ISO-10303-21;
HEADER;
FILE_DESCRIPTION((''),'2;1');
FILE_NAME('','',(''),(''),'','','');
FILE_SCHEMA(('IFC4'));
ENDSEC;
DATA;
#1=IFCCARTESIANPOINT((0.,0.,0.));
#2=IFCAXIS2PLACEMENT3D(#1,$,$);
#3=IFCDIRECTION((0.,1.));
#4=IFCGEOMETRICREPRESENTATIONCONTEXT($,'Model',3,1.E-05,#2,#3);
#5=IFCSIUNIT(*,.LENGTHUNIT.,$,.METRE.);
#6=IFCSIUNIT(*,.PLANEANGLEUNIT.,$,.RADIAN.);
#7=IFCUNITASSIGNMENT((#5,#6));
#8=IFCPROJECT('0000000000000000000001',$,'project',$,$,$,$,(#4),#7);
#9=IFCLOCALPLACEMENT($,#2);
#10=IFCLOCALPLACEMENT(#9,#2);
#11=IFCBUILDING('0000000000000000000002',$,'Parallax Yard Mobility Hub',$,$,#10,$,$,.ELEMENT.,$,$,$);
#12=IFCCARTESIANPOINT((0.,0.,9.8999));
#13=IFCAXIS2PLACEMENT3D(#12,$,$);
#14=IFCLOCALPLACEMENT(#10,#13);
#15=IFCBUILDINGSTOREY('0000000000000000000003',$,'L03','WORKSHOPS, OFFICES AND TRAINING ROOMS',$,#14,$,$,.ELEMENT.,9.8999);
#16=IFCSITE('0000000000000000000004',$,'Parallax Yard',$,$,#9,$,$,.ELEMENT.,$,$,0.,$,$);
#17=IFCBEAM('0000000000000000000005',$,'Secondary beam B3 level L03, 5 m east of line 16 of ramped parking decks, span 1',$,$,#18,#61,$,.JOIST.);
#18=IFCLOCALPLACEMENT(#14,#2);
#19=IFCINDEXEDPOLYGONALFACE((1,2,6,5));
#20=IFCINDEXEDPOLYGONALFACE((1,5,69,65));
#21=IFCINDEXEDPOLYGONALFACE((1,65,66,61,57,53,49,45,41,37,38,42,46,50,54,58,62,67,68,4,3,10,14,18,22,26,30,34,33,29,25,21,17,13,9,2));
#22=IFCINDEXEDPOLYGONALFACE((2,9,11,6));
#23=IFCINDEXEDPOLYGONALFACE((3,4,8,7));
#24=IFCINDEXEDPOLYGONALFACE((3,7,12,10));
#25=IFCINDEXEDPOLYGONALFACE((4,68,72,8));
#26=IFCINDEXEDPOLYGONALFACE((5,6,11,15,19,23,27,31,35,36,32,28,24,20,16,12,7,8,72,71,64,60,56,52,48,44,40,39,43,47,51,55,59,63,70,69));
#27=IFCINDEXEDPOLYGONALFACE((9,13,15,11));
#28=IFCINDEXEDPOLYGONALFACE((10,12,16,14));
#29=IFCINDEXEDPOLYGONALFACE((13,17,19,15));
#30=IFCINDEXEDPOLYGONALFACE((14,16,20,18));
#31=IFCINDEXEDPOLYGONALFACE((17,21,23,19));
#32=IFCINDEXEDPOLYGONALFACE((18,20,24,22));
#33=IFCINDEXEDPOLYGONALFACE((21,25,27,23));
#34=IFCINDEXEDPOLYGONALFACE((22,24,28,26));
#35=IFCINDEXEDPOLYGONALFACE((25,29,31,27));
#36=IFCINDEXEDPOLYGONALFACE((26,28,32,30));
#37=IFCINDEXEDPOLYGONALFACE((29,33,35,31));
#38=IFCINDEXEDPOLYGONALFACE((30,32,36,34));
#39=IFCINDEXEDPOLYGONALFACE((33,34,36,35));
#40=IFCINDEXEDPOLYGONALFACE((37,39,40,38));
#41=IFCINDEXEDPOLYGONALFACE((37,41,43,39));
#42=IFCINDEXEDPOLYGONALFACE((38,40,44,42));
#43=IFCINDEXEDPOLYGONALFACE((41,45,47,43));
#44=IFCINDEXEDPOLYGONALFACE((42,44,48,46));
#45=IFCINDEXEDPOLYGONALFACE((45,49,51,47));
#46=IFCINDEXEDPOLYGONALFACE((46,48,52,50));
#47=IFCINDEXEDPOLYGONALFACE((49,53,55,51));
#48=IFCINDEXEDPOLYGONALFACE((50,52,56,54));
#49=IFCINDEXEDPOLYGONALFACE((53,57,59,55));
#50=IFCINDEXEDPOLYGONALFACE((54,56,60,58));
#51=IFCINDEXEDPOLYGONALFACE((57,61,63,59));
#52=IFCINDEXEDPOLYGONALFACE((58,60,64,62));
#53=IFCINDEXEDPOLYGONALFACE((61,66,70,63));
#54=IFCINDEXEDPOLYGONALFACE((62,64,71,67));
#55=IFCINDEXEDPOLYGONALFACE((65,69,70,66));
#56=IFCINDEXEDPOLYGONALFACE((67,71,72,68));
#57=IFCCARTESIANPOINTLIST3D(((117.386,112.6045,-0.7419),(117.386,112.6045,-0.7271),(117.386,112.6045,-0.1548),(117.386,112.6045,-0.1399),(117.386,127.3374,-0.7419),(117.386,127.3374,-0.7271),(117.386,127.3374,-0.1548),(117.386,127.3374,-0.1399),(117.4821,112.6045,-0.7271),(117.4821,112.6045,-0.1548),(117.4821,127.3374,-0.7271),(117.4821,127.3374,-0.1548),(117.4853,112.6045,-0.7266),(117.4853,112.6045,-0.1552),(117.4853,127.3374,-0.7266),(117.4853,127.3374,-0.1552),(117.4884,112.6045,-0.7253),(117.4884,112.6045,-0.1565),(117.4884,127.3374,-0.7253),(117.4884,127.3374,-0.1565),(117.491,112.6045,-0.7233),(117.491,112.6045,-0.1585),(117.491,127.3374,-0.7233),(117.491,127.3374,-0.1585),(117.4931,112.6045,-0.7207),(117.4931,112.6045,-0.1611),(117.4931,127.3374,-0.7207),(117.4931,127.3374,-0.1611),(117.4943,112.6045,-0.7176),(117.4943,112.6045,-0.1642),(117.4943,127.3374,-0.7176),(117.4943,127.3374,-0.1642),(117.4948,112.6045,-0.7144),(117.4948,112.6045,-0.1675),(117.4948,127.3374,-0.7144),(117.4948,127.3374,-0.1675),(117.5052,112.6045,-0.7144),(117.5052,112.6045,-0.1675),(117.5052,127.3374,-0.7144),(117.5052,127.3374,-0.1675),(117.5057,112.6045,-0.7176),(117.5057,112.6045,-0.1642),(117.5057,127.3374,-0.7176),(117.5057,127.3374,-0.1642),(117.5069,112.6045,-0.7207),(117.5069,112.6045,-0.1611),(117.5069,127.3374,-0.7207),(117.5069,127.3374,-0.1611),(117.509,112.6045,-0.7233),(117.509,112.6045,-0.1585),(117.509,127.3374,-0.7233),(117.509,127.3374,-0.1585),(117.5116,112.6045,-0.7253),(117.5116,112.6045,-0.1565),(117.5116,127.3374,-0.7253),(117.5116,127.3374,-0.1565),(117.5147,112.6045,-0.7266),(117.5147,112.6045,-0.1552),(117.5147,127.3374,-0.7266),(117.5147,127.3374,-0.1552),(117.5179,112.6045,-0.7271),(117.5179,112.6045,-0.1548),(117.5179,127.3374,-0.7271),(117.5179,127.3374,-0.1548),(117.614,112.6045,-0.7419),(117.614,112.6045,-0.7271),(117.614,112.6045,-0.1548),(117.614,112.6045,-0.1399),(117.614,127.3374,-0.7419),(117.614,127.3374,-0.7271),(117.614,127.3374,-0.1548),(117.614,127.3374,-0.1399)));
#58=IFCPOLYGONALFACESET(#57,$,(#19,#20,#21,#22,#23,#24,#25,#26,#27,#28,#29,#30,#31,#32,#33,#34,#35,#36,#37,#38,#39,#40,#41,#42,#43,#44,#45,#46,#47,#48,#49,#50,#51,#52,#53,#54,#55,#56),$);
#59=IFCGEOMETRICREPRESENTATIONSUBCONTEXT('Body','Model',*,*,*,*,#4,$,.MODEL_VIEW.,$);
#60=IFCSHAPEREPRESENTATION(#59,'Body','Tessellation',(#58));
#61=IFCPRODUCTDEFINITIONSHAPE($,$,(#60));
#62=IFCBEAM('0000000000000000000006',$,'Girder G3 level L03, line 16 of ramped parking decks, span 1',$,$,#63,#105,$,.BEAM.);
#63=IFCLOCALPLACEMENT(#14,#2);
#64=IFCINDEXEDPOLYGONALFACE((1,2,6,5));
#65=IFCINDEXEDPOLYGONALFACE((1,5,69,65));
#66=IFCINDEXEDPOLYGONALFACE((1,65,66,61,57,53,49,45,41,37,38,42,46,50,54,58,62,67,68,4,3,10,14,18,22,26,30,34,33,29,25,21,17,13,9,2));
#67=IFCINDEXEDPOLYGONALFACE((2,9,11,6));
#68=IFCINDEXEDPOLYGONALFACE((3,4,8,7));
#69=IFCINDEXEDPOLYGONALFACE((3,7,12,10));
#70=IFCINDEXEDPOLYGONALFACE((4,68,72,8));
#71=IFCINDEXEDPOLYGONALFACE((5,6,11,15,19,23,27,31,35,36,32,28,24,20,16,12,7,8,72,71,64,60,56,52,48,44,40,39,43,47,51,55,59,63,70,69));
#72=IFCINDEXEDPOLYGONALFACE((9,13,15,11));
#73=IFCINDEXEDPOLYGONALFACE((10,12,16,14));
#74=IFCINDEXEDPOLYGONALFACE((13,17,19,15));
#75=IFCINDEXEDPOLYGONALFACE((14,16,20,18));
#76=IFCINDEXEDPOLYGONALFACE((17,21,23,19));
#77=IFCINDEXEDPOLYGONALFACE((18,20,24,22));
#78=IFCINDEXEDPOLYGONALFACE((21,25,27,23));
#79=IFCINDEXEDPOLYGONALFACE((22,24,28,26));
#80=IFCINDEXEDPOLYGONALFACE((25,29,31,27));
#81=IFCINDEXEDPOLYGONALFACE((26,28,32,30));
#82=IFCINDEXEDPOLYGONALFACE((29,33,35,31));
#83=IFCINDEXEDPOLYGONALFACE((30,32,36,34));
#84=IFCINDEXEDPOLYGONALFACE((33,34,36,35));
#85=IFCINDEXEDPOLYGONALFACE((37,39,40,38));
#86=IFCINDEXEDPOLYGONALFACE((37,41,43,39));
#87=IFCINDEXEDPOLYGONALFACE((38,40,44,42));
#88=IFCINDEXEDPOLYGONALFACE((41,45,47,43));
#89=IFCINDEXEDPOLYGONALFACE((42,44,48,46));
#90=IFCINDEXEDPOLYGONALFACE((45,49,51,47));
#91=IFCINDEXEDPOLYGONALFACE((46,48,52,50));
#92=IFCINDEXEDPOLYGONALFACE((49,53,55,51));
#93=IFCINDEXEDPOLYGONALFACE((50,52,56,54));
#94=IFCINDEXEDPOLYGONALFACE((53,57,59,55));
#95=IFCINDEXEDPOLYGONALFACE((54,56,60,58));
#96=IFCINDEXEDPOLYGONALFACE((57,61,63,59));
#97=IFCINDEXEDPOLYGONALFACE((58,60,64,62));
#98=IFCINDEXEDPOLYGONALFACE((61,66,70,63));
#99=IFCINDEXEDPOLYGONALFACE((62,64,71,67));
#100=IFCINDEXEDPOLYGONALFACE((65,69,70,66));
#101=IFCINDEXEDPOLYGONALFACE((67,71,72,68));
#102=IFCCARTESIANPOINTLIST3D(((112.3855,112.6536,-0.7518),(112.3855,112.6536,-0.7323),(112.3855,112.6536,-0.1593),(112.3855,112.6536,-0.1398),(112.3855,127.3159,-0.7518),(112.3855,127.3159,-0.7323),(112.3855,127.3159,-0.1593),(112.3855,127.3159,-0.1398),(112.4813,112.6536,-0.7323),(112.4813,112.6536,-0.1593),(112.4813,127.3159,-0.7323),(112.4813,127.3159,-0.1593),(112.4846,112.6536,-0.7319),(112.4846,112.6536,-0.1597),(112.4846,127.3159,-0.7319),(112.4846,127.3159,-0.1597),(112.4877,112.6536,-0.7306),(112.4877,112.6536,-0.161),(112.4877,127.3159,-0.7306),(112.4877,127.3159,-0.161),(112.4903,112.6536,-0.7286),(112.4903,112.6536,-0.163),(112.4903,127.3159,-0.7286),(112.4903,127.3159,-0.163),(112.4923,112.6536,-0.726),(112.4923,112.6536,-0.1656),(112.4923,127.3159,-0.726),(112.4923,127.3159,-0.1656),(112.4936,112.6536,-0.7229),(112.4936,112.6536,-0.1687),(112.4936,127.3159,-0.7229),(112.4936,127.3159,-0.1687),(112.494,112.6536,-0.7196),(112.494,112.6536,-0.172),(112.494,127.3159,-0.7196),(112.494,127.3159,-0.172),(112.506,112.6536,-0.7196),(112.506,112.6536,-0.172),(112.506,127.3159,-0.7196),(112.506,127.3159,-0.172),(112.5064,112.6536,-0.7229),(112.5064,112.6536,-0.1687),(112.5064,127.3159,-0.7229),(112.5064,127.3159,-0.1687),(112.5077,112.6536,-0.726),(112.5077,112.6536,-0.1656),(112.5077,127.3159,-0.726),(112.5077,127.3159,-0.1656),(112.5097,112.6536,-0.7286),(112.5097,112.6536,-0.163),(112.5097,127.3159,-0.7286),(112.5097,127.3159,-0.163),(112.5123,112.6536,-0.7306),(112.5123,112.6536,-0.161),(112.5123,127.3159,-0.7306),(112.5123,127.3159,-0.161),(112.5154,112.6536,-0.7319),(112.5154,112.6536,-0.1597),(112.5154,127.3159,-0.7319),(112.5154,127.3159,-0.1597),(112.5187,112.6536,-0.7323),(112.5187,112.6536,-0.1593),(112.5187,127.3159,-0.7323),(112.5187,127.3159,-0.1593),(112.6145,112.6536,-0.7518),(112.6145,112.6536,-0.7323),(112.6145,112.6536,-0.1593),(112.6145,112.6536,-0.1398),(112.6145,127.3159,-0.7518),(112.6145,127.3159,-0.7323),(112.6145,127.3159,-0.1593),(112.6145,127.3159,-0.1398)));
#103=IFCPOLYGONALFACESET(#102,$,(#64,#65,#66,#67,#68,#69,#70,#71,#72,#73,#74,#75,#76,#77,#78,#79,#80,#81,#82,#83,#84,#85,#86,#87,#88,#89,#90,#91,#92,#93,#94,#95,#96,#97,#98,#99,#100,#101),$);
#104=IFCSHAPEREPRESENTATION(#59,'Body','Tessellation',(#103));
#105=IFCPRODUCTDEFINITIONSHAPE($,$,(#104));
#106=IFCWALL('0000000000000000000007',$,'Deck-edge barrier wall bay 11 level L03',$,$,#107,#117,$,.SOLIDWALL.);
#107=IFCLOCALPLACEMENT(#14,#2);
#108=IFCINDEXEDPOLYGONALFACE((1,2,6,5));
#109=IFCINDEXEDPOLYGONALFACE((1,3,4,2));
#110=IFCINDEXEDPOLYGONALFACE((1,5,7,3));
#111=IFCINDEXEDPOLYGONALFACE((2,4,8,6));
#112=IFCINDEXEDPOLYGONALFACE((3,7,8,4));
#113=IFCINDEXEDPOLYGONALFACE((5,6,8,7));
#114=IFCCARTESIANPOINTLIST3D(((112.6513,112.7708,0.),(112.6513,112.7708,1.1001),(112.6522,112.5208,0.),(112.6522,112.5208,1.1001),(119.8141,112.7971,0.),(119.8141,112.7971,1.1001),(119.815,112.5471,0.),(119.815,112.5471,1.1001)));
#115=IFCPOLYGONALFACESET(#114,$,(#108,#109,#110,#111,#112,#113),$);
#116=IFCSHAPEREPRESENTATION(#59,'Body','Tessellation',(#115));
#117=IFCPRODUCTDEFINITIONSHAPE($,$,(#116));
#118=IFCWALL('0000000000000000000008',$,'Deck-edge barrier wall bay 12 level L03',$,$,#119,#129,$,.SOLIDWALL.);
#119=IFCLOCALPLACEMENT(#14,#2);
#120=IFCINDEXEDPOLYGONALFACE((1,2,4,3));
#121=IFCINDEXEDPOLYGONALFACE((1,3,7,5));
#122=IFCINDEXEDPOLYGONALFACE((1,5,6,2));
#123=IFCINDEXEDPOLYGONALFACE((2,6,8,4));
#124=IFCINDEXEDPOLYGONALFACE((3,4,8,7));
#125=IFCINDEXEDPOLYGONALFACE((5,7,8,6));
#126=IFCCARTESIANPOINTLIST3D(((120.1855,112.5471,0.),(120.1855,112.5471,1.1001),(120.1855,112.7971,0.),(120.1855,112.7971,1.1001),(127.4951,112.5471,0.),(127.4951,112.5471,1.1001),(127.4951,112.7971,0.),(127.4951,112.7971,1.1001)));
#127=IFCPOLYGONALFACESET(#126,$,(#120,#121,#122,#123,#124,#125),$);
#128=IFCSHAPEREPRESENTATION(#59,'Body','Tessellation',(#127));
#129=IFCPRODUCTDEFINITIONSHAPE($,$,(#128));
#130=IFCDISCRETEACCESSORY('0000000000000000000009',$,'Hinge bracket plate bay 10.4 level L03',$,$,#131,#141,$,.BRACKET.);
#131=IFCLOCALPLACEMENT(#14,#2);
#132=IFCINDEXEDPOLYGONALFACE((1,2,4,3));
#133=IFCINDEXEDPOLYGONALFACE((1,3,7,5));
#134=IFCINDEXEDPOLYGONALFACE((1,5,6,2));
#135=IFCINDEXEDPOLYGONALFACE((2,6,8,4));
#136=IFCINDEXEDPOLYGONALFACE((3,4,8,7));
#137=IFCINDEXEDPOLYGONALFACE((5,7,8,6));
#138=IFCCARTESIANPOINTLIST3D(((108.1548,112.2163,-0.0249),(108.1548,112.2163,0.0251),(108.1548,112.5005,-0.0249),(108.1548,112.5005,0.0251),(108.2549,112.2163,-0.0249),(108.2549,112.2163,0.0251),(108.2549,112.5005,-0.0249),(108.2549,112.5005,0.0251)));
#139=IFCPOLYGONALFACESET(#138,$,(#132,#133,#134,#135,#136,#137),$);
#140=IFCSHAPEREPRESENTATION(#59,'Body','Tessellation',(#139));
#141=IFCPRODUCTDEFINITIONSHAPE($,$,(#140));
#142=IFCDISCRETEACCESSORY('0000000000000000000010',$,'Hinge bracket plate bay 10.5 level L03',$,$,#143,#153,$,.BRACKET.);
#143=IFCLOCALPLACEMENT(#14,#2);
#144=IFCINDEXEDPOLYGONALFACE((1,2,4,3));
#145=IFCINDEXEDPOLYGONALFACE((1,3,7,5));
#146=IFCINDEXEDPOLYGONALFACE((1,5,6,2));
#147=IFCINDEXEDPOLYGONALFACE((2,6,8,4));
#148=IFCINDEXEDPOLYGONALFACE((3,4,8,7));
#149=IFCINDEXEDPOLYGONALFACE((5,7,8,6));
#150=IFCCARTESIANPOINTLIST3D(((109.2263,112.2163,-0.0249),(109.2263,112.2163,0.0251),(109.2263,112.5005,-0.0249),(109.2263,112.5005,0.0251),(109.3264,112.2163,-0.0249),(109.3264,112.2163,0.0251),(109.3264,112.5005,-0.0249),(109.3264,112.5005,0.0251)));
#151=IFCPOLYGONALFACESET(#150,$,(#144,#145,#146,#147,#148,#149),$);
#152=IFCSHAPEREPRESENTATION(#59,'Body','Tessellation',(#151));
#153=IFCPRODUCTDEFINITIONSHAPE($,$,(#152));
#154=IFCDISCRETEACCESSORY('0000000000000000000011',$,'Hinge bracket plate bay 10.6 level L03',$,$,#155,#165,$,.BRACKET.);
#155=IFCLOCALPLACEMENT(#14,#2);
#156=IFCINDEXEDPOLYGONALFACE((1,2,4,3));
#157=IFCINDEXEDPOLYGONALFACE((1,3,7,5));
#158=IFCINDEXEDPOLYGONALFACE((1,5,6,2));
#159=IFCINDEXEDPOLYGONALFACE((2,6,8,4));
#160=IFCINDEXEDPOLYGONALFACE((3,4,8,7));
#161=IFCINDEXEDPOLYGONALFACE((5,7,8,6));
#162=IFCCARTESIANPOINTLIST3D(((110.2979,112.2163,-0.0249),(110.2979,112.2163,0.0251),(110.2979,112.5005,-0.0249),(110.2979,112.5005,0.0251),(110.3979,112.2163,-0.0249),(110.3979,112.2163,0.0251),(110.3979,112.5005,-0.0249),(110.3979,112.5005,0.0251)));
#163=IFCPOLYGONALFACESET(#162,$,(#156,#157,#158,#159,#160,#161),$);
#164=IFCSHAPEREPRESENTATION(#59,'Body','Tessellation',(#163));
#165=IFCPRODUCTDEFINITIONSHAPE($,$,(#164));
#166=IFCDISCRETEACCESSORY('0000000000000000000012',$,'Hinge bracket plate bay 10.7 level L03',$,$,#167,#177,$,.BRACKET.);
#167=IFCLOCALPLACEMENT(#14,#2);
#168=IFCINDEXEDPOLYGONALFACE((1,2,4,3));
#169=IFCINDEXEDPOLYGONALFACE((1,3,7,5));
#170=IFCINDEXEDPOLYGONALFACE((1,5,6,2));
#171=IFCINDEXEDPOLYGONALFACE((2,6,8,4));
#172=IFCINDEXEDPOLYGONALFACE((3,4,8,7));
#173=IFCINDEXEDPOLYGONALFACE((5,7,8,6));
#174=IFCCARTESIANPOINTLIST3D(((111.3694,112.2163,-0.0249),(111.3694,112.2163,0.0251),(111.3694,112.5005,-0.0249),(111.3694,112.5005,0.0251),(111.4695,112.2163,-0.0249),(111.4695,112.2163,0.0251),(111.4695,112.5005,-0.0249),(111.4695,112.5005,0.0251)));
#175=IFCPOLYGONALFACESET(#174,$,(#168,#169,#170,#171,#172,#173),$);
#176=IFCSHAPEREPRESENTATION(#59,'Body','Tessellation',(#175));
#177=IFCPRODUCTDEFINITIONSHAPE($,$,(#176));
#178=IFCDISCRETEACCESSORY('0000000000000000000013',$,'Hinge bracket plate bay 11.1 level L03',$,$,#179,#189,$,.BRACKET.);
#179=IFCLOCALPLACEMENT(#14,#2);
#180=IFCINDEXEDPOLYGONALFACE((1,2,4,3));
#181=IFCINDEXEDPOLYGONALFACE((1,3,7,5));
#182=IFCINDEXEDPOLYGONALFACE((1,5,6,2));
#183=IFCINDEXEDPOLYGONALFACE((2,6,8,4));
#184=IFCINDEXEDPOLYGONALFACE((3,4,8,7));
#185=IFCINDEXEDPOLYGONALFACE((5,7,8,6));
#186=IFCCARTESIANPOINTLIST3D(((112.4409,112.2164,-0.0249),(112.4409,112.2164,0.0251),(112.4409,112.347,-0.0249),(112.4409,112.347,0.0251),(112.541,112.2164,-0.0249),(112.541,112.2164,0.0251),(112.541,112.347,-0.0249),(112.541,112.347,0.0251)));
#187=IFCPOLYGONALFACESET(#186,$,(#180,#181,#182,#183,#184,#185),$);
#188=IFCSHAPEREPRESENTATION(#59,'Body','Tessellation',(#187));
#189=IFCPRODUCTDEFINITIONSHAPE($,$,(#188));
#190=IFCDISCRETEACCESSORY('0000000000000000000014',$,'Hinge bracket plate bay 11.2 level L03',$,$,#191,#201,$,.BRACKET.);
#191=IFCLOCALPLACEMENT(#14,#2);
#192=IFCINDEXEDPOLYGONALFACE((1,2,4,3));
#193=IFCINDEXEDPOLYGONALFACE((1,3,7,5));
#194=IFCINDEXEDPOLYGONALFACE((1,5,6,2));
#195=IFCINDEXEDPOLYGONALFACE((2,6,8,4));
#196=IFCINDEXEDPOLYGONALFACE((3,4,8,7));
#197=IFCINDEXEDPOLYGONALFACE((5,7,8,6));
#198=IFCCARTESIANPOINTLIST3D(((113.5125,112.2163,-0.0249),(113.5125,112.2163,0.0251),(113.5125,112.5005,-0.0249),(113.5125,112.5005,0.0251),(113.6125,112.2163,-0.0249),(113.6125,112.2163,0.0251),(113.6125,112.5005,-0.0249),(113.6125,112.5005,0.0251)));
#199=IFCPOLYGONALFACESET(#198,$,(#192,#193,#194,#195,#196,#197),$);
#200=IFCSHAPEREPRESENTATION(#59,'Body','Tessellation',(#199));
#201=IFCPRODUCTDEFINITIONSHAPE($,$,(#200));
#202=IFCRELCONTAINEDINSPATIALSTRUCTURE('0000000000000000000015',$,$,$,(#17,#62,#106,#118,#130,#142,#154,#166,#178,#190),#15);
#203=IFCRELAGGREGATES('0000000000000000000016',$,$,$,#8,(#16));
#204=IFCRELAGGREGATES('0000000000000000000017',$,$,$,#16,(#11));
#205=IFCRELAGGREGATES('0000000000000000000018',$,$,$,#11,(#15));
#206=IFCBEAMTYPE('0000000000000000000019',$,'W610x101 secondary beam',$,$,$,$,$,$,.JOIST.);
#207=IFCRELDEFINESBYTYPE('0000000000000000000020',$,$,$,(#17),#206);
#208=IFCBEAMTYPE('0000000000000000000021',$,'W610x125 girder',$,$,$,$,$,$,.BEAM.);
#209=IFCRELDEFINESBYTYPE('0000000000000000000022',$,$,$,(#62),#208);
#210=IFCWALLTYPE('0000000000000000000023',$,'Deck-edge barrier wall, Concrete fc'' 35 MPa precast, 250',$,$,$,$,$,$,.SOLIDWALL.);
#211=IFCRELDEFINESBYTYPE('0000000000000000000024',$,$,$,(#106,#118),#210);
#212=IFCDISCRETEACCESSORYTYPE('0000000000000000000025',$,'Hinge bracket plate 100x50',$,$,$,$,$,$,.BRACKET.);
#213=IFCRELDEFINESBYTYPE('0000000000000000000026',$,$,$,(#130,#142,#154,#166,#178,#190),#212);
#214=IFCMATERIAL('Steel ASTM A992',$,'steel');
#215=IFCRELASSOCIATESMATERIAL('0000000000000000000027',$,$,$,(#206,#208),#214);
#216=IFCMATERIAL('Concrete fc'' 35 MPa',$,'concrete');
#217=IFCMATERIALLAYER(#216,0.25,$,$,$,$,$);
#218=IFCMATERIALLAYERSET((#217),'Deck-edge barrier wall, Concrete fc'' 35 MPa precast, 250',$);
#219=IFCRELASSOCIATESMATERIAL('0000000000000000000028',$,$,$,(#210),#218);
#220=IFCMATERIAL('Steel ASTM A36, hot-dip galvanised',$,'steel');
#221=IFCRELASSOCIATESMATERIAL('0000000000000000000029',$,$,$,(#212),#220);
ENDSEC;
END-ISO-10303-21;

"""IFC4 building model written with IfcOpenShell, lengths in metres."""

from ifc_helpers import new_model, si_unit, direction, frame, frame_2d, origin, origin_2d, place, context, subcontext, project, spatial, rectangle, i_section, extrude, material, layer, layer_set, material_profile, profile_set, type_object, element, save


model = new_model("IFC4")

# Units and contexts
model_context = context("Model", 3, precision=1e-05, world=origin(), true_north=direction((0.0, 1.0)))
body_context = subcontext(model_context, "Body", "Model", "MODEL_VIEW")
ifc_project = project(units=[si_unit("LENGTHUNIT", "METRE"), si_unit("PLANEANGLEUNIT", "RADIAN")], contexts=[model_context])

# Site, building, storey
site_placement = place(None, origin())
site = spatial("IfcSite", under=ifc_project, at=site_placement, Name="Parallax Yard", CompositionType="ELEMENT", RefElevation=0.0)
building_placement = place(site_placement, origin())
building = spatial("IfcBuilding", under=site, at=building_placement, Name="Parallax Yard Mobility Hub", CompositionType="ELEMENT")
storey_placement = place(building_placement, frame((0.0, 0.0, 9.8999)))
storey = spatial("IfcBuildingStorey", under=building, at=storey_placement, Name="L03", Description="WORKSHOPS, OFFICES AND TRAINING ROOMS", CompositionType="ELEMENT", Elevation=9.8999)

# Shared definitions
ifc_material_1 = material(Name="Steel ASTM A992", Category="steel")

# Beams
ifc_material_profile_1 = material_profile(ifc_material_1, i_section(OverallWidth=0.228, OverallDepth=0.6021, WebThickness=0.0105, FlangeThickness=0.0149, FilletRadius=0.0127, at=origin_2d()), Name="W610x101")
ifc_profile_set_1 = profile_set([ifc_material_profile_1], Name="Steel ASTM A992")
beam_type_1 = type_object("IfcBeamType", Name="W610x101 secondary beam", PredefinedType="JOIST", material=ifc_profile_set_1)
for number, where, z_axis, x_axis, name in (
    (1, (117.5, 112.6045, -0.4409), (0.0, 1.0, 0.0), (-1.0, 0.0, 0.0), "Secondary beam B3 level L03, 5 m east of line 16 of ramped parking decks, span 1"),
):
    element("IfcBeam", number, at=place(storey_placement, frame(where, z_axis=z_axis, x_axis=x_axis)), inside=storey, type_object=beam_type_1, Name=name, PredefinedType="JOIST", context=body_context, shape_type="SweptSolid", body=[
        extrude(i_section(OverallWidth=0.228, OverallDepth=0.6021, WebThickness=0.0105, FlangeThickness=0.0149, FilletRadius=0.0127, at=origin_2d()), origin(), (0.0, 0.0, 1.0), 14.7329),
    ])
ifc_material_profile_2 = material_profile(ifc_material_1, i_section(OverallWidth=0.229, OverallDepth=0.6121, WebThickness=0.012, FlangeThickness=0.0195, FilletRadius=0.0127, at=origin_2d()), Name="W610x125")
ifc_profile_set_2 = profile_set([ifc_material_profile_2], Name="Steel ASTM A992")
beam_type_2 = type_object("IfcBeamType", Name="W610x125 girder", PredefinedType="BEAM", material=ifc_profile_set_2)
beam_1_placement = place(storey_placement, frame((112.5, 112.6536, -0.4458), z_axis=(0.0, 1.0, 0.0), x_axis=(-1.0, 0.0, 0.0)))
element("IfcBeam", 2, at=beam_1_placement, inside=storey, type_object=beam_type_2, Name="Girder G3 level L03, line 16 of ramped parking decks, span 1", PredefinedType="BEAM", context=body_context, shape_type="SweptSolid", body=[
    extrude(i_section(OverallWidth=0.229, OverallDepth=0.6121, WebThickness=0.012, FlangeThickness=0.0195, FilletRadius=0.0127, at=origin_2d()), origin(), (0.0, 0.0, 1.0), 14.6624),
])

# Walls
ifc_material_2 = material(Name="Concrete fc' 35 MPa", Category="concrete")
ifc_layer = layer(ifc_material_2, 0.25)
ifc_layer_set = layer_set([ifc_layer], Name="Deck-edge barrier wall, Concrete fc' 35 MPa precast, 250")
wall_type = type_object("IfcWallType", Name="Deck-edge barrier wall, Concrete fc' 35 MPa precast, 250", PredefinedType="SOLIDWALL", material=ifc_layer_set)
wall_1_placement = place(storey_placement, frame((112.6516, 112.6458, 0.0), z_axis=(0.0, 0.0, 1.0), x_axis=(0.999993, 0.003681, 0.0)))
element("IfcWall", 3, at=wall_1_placement, inside=storey, type_object=wall_type, Name="Deck-edge barrier wall bay 11 level L03", PredefinedType="SOLIDWALL", context=body_context, shape_type="SweptSolid", body=[
    extrude(rectangle(XDim=7.1628, YDim=0.25, at=frame_2d((3.5815, 0.0))), origin(), (0.0, 0.0, 1.0), 1.1001),
])
wall_2_placement = place(storey_placement, frame((120.1855, 112.6721, 0.0), z_axis=(0.0, 0.0, 1.0), x_axis=(1.0, 0.0, 0.0)))
element("IfcWall", 4, at=wall_2_placement, inside=storey, type_object=wall_type, Name="Deck-edge barrier wall bay 12 level L03", PredefinedType="SOLIDWALL", context=body_context, shape_type="SweptSolid", body=[
    extrude(rectangle(XDim=7.3096, YDim=0.25, at=frame_2d((3.6548, 0.0))), origin(), (0.0, 0.0, 1.0), 1.1001),
])

# Discrete accessories
ifc_material_3 = material(Name="Steel ASTM A36, hot-dip galvanised", Category="steel")
discrete_accessory_type_1 = type_object("IfcDiscreteAccessoryType", Name="Hinge bracket plate 100x50", PredefinedType="BRACKET", material=ifc_material_3)
for number, where, z_axis, x_axis, name in (
    (5, (108.2048, 112.3584, -0.0249), (0.0, 0.0, 1.0), (0.0, -1.0, 0.0), "Hinge bracket plate bay 10.4 level L03"),
    (6, (109.2764, 112.3584, -0.0249), (0.0, 0.0, 1.0), (0.0, -1.0, 0.0), "Hinge bracket plate bay 10.5 level L03"),
    (7, (110.3479, 112.3584, -0.0249), (0.0, 0.0, 1.0), (0.0, -1.0, 0.0), "Hinge bracket plate bay 10.6 level L03"),
    (8, (111.4194, 112.3584, -0.0249), (0.0, 0.0, 1.0), (0.0, -1.0, 0.0), "Hinge bracket plate bay 10.7 level L03"),
):
    element("IfcDiscreteAccessory", number, at=place(storey_placement, frame(where, z_axis=z_axis, x_axis=x_axis)), inside=storey, type_object=discrete_accessory_type_1, Name=name, PredefinedType="BRACKET", context=body_context, shape_type="SweptSolid", body=[
        extrude(rectangle(XDim=0.2842, YDim=0.1001, at=origin_2d()), origin(), (0.0, 0.0, 1.0), 0.05),
    ])
discrete_accessory_1_placement = place(storey_placement, frame((112.491, 112.2817, -0.0249), z_axis=(0.0, 0.0, 1.0), x_axis=(0.0, -1.0, 0.0)))
element("IfcDiscreteAccessory", 9, at=discrete_accessory_1_placement, inside=storey, type_object=discrete_accessory_type_1, Name="Hinge bracket plate bay 11.1 level L03", PredefinedType="BRACKET", context=body_context, shape_type="SweptSolid", body=[
    extrude(rectangle(XDim=0.1306, YDim=0.1001, at=origin_2d()), origin(), (0.0, 0.0, 1.0), 0.05),
])
for number, where, z_axis, x_axis, name in (
    (10, (113.5625, 112.3584, -0.0249), (0.0, 0.0, 1.0), (0.0, -1.0, 0.0), "Hinge bracket plate bay 11.2 level L03"),
):
    element("IfcDiscreteAccessory", number, at=place(storey_placement, frame(where, z_axis=z_axis, x_axis=x_axis)), inside=storey, type_object=discrete_accessory_type_1, Name=name, PredefinedType="BRACKET", context=body_context, shape_type="SweptSolid", body=[
        extrude(rectangle(XDim=0.2842, YDim=0.1001, at=origin_2d()), origin(), (0.0, 0.0, 1.0), 0.05),
    ])

save(model, "model.ifc")
